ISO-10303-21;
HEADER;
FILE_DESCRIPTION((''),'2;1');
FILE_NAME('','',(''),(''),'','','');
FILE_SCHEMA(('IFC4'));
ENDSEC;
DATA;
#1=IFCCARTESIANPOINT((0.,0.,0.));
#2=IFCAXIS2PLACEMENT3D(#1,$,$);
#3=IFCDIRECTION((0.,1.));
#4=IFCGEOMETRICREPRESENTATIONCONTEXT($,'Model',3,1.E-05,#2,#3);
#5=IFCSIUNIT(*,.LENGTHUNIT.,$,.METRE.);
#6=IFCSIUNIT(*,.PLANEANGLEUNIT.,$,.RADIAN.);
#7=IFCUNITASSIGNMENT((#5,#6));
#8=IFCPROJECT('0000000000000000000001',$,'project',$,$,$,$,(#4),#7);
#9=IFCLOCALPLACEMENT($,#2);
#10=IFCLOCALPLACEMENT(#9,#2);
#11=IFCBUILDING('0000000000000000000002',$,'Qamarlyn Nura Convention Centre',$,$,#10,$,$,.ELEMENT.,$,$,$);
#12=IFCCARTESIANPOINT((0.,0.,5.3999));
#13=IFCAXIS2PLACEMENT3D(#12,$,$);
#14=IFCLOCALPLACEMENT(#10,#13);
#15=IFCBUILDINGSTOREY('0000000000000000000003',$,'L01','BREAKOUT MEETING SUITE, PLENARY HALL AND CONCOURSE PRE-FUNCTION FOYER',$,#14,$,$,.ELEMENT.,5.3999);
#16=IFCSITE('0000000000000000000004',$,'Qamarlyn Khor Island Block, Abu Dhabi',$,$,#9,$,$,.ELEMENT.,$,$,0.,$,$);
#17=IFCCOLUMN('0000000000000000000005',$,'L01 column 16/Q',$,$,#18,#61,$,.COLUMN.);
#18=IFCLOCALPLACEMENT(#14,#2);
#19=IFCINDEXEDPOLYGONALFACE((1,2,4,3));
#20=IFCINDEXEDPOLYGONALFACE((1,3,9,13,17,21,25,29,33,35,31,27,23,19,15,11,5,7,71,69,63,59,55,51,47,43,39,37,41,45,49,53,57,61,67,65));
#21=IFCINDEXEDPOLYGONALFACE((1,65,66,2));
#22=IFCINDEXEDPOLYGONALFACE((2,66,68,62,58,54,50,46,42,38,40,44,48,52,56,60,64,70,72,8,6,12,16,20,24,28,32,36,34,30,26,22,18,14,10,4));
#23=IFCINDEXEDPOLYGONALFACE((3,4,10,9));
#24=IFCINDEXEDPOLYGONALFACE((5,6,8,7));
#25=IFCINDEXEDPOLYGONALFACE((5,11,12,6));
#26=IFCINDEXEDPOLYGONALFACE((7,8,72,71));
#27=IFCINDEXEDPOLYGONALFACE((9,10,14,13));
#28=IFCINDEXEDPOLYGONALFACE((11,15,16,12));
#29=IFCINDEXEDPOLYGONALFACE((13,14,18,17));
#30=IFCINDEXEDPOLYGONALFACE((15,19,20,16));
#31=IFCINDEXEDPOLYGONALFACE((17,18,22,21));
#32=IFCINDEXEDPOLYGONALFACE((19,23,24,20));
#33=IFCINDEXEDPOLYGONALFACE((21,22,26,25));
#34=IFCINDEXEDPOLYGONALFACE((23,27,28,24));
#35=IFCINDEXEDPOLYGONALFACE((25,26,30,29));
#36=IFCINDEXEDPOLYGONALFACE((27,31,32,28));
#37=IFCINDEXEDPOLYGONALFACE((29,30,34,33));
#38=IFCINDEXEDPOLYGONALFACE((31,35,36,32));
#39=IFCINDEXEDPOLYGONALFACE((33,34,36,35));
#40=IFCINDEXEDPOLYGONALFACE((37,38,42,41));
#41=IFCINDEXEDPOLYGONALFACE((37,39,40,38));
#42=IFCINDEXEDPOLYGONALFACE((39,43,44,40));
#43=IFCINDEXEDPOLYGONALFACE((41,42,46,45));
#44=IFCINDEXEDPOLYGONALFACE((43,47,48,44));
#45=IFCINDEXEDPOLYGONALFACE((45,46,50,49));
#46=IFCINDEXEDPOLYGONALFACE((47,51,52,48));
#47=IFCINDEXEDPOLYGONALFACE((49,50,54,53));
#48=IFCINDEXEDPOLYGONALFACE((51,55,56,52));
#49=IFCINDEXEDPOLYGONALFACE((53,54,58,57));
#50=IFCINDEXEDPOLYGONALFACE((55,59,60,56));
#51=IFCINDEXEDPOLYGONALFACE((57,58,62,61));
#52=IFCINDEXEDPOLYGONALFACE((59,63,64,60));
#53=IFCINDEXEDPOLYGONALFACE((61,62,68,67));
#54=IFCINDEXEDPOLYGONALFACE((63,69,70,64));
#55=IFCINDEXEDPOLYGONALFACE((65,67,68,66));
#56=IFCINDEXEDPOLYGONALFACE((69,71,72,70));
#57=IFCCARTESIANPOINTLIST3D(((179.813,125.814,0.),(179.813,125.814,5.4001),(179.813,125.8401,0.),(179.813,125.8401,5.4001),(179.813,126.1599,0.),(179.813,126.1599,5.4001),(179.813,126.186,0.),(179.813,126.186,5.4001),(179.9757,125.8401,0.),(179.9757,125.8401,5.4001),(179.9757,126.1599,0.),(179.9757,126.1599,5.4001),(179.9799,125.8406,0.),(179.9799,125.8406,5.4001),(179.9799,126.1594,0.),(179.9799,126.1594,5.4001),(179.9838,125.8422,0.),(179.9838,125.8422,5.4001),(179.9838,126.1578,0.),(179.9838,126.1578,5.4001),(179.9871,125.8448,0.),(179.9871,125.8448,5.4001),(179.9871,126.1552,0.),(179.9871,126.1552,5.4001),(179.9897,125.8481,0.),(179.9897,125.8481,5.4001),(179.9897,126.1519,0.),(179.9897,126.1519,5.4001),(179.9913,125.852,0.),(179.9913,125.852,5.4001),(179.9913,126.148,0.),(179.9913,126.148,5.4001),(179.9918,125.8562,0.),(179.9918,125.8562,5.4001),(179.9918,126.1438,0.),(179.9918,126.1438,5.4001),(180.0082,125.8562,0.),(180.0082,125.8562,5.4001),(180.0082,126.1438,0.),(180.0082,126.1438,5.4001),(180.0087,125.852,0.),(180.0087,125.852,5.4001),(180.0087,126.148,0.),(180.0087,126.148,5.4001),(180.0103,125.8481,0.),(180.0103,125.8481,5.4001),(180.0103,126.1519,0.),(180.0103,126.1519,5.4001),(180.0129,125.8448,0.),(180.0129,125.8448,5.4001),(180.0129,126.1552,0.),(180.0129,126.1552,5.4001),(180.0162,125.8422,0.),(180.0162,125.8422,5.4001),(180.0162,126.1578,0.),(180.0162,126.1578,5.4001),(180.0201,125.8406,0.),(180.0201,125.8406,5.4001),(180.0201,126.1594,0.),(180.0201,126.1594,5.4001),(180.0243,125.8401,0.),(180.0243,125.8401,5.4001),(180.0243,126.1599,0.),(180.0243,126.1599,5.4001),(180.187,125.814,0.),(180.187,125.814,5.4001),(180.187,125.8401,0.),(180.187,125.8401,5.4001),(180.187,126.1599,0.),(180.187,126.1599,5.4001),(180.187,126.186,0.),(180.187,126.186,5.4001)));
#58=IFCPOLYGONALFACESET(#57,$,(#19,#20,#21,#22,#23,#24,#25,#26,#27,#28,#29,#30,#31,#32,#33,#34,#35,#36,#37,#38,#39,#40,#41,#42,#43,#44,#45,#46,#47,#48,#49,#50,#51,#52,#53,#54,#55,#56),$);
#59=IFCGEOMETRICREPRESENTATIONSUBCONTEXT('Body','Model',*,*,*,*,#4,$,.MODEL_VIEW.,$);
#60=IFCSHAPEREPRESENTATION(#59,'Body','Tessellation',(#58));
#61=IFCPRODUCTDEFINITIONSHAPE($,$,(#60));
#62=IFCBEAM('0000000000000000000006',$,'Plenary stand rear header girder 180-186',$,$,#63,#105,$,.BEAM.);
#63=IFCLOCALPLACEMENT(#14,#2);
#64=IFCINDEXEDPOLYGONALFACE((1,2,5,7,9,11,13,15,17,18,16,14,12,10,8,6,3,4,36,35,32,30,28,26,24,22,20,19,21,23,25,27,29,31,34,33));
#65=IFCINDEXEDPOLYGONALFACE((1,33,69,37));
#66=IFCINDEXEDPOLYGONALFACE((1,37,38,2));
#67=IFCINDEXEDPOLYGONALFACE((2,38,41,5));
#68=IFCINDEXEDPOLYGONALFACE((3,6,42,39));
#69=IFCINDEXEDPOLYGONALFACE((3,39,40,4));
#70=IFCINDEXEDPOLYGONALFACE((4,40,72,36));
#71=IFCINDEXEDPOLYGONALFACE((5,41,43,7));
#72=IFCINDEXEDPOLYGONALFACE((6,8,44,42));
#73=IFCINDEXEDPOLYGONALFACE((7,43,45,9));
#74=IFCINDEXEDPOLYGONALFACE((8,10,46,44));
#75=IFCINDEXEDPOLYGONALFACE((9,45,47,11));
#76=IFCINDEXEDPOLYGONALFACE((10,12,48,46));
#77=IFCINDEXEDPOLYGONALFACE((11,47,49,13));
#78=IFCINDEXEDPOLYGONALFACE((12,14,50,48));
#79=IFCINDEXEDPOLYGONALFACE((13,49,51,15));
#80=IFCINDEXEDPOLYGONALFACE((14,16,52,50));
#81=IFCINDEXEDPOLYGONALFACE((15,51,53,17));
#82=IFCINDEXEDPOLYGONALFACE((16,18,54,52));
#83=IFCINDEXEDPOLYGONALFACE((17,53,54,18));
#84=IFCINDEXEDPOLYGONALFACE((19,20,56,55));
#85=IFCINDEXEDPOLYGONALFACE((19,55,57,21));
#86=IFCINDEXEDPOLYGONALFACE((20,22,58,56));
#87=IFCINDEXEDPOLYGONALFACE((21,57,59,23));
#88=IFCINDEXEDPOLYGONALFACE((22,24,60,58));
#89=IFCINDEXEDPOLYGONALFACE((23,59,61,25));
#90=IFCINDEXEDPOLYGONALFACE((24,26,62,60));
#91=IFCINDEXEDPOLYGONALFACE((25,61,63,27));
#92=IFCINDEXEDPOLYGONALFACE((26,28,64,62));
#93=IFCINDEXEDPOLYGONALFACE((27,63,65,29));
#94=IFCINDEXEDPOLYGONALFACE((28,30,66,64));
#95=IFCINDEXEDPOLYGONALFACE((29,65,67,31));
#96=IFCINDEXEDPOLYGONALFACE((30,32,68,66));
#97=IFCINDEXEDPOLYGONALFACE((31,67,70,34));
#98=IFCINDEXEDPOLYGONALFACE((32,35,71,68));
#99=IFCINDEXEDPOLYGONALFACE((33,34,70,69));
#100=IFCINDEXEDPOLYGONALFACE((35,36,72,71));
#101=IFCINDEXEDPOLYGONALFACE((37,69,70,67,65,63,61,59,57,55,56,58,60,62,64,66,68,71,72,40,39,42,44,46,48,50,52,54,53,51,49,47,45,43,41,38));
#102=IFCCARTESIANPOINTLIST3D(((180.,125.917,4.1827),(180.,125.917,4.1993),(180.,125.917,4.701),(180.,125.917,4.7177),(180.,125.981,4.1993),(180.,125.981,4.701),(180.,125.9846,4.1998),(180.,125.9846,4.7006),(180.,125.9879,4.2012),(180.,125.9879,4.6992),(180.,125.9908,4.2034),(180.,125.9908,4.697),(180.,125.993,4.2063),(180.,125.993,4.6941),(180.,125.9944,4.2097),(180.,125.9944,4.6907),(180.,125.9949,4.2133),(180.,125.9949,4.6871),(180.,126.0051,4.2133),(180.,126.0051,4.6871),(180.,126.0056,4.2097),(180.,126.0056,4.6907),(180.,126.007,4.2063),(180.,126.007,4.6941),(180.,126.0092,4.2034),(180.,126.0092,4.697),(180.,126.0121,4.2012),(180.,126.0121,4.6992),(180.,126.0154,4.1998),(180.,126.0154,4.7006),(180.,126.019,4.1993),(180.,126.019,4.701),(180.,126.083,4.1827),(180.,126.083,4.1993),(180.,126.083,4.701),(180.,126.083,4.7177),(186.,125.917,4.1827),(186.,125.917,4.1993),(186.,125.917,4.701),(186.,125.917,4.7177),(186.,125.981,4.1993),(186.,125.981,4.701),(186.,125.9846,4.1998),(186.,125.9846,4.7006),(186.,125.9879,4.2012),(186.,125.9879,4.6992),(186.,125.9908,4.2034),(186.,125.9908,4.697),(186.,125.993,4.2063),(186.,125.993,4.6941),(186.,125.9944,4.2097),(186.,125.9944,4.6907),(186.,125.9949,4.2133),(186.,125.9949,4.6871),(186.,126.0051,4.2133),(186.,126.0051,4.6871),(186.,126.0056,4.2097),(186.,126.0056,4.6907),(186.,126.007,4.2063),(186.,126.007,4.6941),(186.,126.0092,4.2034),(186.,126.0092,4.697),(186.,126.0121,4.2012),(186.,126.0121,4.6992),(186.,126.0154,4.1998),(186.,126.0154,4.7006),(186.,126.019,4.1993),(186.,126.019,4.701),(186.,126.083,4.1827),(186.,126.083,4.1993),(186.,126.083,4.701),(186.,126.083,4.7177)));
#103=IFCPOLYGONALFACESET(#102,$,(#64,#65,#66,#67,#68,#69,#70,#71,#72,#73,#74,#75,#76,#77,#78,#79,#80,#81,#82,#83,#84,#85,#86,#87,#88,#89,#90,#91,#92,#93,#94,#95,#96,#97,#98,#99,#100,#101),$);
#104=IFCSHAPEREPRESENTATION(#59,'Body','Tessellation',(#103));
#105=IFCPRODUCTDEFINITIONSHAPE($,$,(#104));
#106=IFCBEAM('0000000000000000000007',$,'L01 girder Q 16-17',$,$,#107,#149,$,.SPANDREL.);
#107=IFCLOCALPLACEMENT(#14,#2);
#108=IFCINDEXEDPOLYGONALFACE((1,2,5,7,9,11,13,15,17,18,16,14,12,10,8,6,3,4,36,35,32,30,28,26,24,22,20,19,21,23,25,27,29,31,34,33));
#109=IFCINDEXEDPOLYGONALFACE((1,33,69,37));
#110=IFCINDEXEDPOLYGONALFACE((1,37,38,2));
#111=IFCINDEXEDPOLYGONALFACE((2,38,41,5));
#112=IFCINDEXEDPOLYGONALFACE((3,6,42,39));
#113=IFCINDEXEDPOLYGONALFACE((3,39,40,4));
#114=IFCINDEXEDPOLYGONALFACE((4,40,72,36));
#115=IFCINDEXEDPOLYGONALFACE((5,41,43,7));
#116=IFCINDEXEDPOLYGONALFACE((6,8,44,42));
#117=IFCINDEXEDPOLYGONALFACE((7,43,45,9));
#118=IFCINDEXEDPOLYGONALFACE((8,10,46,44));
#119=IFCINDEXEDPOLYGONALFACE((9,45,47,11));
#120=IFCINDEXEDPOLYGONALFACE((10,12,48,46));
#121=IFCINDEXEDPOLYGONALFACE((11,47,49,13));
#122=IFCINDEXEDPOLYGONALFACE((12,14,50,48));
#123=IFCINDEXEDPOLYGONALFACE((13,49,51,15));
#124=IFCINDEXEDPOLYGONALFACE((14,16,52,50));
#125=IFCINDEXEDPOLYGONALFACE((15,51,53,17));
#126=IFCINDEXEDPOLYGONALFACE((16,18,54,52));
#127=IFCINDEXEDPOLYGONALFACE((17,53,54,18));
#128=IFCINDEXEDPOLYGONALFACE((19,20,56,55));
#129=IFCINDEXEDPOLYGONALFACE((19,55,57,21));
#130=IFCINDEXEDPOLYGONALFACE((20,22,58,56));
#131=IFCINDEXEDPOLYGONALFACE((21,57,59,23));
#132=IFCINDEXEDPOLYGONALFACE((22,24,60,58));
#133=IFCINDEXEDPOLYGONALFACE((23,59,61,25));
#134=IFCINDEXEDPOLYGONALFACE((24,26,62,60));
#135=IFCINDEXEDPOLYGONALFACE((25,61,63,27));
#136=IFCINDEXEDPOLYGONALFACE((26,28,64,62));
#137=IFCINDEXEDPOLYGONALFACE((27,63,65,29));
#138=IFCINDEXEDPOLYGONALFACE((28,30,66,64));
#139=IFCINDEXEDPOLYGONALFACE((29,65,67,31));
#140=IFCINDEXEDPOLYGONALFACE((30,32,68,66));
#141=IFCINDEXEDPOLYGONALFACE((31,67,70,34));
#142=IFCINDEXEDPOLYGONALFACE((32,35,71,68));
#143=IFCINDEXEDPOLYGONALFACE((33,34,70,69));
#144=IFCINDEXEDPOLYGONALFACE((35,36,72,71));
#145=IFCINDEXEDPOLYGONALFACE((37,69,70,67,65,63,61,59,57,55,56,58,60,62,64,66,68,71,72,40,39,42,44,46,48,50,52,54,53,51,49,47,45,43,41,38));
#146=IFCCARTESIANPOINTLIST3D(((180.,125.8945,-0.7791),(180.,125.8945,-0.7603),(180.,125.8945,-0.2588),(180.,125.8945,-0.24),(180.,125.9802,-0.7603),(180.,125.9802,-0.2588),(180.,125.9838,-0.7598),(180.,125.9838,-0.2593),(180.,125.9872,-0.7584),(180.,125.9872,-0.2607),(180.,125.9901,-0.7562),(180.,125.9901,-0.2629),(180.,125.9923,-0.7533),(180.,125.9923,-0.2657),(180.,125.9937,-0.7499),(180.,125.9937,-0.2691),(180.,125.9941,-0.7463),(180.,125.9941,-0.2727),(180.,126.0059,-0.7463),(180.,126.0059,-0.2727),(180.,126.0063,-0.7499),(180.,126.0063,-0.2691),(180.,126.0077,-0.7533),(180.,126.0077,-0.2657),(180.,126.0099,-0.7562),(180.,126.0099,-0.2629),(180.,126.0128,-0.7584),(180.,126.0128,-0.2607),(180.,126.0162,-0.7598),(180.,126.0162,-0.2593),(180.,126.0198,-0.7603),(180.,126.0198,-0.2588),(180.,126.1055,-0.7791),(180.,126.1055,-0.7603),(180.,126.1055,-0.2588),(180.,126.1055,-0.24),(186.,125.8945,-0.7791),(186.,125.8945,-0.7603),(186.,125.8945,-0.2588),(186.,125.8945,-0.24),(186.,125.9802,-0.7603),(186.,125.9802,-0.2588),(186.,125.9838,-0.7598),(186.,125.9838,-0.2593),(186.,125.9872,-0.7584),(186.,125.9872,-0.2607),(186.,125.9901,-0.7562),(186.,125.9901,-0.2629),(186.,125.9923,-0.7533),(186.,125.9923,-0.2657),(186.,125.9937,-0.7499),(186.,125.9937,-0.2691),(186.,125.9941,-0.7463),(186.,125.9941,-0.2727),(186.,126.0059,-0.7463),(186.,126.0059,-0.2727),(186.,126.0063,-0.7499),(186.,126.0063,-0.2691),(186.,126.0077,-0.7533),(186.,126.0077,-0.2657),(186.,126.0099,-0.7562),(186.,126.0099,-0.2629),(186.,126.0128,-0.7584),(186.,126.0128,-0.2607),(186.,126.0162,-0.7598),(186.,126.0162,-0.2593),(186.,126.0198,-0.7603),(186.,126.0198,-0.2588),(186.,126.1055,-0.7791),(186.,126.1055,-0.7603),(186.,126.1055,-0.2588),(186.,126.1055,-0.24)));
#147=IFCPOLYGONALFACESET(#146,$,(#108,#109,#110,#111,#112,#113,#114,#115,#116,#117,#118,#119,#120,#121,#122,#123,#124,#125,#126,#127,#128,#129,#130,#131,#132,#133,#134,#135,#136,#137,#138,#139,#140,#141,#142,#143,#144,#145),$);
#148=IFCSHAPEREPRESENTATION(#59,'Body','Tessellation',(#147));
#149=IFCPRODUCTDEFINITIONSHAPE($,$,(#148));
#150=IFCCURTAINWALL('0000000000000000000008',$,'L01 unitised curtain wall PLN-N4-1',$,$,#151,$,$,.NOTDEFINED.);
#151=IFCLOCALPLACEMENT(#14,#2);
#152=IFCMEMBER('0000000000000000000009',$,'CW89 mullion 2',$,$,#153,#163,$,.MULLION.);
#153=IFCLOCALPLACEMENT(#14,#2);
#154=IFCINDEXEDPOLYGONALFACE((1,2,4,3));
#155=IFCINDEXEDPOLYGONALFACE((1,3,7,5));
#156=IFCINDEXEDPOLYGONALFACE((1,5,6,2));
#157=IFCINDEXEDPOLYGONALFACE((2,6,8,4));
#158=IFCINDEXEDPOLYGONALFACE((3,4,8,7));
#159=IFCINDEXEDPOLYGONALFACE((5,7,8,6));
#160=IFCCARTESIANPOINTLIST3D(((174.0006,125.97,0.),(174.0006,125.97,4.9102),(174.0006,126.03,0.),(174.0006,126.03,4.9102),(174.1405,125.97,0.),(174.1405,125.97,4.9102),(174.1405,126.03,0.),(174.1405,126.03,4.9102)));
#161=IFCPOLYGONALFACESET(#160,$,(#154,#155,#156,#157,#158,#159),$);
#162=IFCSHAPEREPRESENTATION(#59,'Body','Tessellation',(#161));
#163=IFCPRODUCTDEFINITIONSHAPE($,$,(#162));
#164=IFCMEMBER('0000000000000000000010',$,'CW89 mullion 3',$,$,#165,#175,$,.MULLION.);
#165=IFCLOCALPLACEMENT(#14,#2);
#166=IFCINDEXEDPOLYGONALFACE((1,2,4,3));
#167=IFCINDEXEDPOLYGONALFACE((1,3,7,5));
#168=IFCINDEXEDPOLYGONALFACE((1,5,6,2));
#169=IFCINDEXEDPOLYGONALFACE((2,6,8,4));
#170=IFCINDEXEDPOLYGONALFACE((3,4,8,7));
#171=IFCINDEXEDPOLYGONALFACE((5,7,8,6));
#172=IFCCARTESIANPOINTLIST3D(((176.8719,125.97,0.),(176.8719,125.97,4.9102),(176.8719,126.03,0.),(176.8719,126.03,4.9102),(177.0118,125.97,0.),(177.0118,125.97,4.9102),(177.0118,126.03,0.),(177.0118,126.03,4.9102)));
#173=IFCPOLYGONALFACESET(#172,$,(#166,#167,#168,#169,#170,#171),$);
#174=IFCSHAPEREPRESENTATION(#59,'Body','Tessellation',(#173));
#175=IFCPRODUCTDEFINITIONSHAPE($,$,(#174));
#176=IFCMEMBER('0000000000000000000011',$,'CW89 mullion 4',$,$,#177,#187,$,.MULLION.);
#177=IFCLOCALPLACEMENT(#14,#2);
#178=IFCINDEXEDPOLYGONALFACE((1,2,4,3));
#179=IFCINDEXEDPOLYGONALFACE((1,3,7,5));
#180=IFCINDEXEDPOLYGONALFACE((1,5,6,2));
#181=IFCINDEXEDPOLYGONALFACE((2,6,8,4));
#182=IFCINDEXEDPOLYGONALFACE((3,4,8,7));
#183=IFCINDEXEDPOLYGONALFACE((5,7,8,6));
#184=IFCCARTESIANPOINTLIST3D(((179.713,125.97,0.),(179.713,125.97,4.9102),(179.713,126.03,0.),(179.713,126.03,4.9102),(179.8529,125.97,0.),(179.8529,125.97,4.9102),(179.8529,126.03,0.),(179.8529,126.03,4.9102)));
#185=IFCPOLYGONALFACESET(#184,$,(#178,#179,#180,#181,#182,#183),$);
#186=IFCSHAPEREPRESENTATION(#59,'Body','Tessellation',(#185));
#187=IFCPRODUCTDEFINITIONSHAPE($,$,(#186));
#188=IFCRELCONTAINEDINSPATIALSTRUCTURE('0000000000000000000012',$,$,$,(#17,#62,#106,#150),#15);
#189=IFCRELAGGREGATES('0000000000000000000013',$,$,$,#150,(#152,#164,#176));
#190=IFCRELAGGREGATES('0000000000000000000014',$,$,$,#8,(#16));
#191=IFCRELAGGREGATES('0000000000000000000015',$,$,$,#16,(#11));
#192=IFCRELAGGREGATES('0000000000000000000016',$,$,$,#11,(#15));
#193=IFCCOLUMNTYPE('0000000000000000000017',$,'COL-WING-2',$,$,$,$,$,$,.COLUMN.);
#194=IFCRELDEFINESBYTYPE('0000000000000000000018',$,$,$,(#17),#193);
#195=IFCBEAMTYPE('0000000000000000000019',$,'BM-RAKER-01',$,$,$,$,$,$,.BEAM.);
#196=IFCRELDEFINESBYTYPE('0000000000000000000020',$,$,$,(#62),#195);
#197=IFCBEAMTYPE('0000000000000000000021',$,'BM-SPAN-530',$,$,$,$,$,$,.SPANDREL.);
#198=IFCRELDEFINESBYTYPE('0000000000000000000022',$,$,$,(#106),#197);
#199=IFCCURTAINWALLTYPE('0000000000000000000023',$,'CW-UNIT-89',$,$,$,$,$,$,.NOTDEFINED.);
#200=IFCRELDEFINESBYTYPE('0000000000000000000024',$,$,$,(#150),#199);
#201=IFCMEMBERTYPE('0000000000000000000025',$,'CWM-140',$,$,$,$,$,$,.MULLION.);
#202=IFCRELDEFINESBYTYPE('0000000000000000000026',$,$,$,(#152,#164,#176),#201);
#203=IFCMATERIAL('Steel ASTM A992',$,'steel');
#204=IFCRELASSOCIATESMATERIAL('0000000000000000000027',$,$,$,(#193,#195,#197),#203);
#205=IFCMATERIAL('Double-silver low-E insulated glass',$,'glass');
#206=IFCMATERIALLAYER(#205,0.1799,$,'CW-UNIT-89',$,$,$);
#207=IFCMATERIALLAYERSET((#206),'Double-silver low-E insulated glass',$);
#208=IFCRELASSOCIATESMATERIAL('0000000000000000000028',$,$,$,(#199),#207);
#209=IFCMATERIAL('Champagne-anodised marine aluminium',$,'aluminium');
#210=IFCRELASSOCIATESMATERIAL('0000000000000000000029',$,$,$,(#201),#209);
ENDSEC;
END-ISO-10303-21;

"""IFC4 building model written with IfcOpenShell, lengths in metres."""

from ifc_helpers import new_model, si_unit, direction, frame, origin, origin_2d, place, context, subcontext, project, spatial, rectangle, i_section, extrude, material, layer, layer_set, material_profile, profile_set, type_object, element, aggregate, save


model = new_model("IFC4")

# Units and contexts
model_context = context("Model", 3, precision=1e-05, world=origin(), true_north=direction((0.0, 1.0)))
body_context = subcontext(model_context, "Body", "Model", "MODEL_VIEW")
ifc_project = project(units=[si_unit("LENGTHUNIT", "METRE"), si_unit("PLANEANGLEUNIT", "RADIAN")], contexts=[model_context])

# Site, building, storey
site_placement = place(None, origin())
site = spatial("IfcSite", under=ifc_project, at=site_placement, Name="Qamarlyn Khor Island Block, Abu Dhabi", CompositionType="ELEMENT", RefElevation=0.0)
building_placement = place(site_placement, origin())
building = spatial("IfcBuilding", under=site, at=building_placement, Name="Qamarlyn Nura Convention Centre", CompositionType="ELEMENT")
storey_placement = place(building_placement, frame((0.0, 0.0, 5.3999)))
storey = spatial("IfcBuildingStorey", under=building, at=storey_placement, Name="L01", Description="BREAKOUT MEETING SUITE, PLENARY HALL AND CONCOURSE PRE-FUNCTION FOYER", CompositionType="ELEMENT", Elevation=5.3999)

# Column
ifc_material_1 = material(Name="Steel ASTM A992", Category="steel")
ifc_material_profile_1 = material_profile(ifc_material_1, i_section(OverallWidth=0.374, OverallDepth=0.3721, WebThickness=0.0164, FlangeThickness=0.0261, FilletRadius=0.0161, at=origin_2d()), Name="W360X196")
ifc_profile_set_1 = profile_set([ifc_material_profile_1], Name="Steel ASTM A992")
column_type = type_object("IfcColumnType", Name="COL-WING-2", PredefinedType="COLUMN", material=ifc_profile_set_1)
column_placement = place(storey_placement, frame((180.0, 126.0, 0.0), z_axis=(0.0, 0.0, 1.0), x_axis=(1.0, 0.0, 0.0)))
element("IfcColumn", 1, at=column_placement, inside=storey, type_object=column_type, Name="L01 column 16/Q", PredefinedType="COLUMN", context=body_context, shape_type="SweptSolid", body=[
    extrude(i_section(OverallWidth=0.374, OverallDepth=0.3721, WebThickness=0.0164, FlangeThickness=0.0261, FilletRadius=0.0161, at=origin_2d()), origin(), (0.0, 0.0, 1.0), 5.4001),
])

# Beams
ifc_material_profile_2 = material_profile(ifc_material_1, i_section(OverallWidth=0.166, OverallDepth=0.5349, WebThickness=0.0103, FlangeThickness=0.0166, FilletRadius=0.0139, at=origin_2d()), Name="W530X85")
ifc_profile_set_2 = profile_set([ifc_material_profile_2], Name="Steel ASTM A992")
beam_type_1 = type_object("IfcBeamType", Name="BM-RAKER-01", PredefinedType="BEAM", material=ifc_profile_set_2)
beam_1_placement = place(storey_placement, frame((180.0, 126.0, 4.4502), z_axis=(1.0, 0.0, 0.0), x_axis=(0.0, 1.0, 0.0)))
element("IfcBeam", 2, at=beam_1_placement, inside=storey, type_object=beam_type_1, Name="Plenary stand rear header girder 180-186", PredefinedType="BEAM", context=body_context, shape_type="SweptSolid", body=[
    extrude(i_section(OverallWidth=0.166, OverallDepth=0.5349, WebThickness=0.0103, FlangeThickness=0.0166, FilletRadius=0.0139, at=origin_2d()), origin(), (0.0, 0.0, 1.0), 6.0),
])
ifc_material_profile_3 = material_profile(ifc_material_1, i_section(OverallWidth=0.2109, OverallDepth=0.5391, WebThickness=0.0117, FlangeThickness=0.0188, FilletRadius=0.0139, at=origin_2d()), Name="W530X109")
ifc_profile_set_3 = profile_set([ifc_material_profile_3], Name="Steel ASTM A992")
beam_type_2 = type_object("IfcBeamType", Name="BM-SPAN-530", PredefinedType="SPANDREL", material=ifc_profile_set_3)
beam_2_placement = place(storey_placement, frame((180.0, 126.0, -0.5095), z_axis=(1.0, 0.0, 0.0), x_axis=(0.0, 1.0, 0.0)))
element("IfcBeam", 3, at=beam_2_placement, inside=storey, type_object=beam_type_2, Name="L01 girder Q 16-17", PredefinedType="SPANDREL", context=body_context, shape_type="SweptSolid", body=[
    extrude(i_section(OverallWidth=0.2109, OverallDepth=0.5391, WebThickness=0.0117, FlangeThickness=0.0188, FilletRadius=0.0139, at=origin_2d()), origin(), (0.0, 0.0, 1.0), 6.0),
])

# Curtain wall, members
ifc_material_2 = material(Name="Double-silver low-E insulated glass", Category="glass")
ifc_layer_1 = layer(ifc_material_2, 0.1799, Name="CW-UNIT-89")
ifc_layer_set_1 = layer_set([ifc_layer_1], Name="Double-silver low-E insulated glass")
curtain_wall_type = type_object("IfcCurtainWallType", Name="CW-UNIT-89", PredefinedType="NOTDEFINED", material=ifc_layer_set_1)
curtain_wall_placement = place(storey_placement, origin())
curtain_wall = element("IfcCurtainWall", 4, at=curtain_wall_placement, inside=storey, type_object=curtain_wall_type, Name="L01 unitised curtain wall PLN-N4-1", PredefinedType="NOTDEFINED")
ifc_material_3 = material(Name="Champagne-anodised marine aluminium", Category="aluminium")
ifc_material_profile_4 = material_profile(ifc_material_3, rectangle(XDim=0.0601, YDim=0.1399, at=origin_2d()), Name="ALU MULLION 60x140")
ifc_profile_set_4 = profile_set([ifc_material_profile_4], Name="Champagne-anodised marine aluminium")
member_type_1 = type_object("IfcMemberType", Name="CWM-140", PredefinedType="MULLION", material=ifc_profile_set_4)
member_1_placement = place(storey_placement, frame((174.0706, 126.0, 0.0), z_axis=(0.0, 0.0, 1.0), x_axis=(0.0, 1.0, 0.0)))
member_1 = element("IfcMember", 5, at=member_1_placement, type_object=member_type_1, Name="CW89 mullion 2", PredefinedType="MULLION", context=body_context, shape_type="SweptSolid", body=[
    extrude(rectangle(XDim=0.0601, YDim=0.1399, at=origin_2d()), origin(), (0.0, 0.0, 1.0), 4.9102),
])
member_2_placement = place(storey_placement, frame((176.9419, 126.0, 0.0), z_axis=(0.0, 0.0, 1.0), x_axis=(0.0, 1.0, 0.0)))
member_2 = element("IfcMember", 6, at=member_2_placement, type_object=member_type_1, Name="CW89 mullion 3", PredefinedType="MULLION", context=body_context, shape_type="SweptSolid", body=[
    extrude(rectangle(XDim=0.0601, YDim=0.1399, at=origin_2d()), origin(), (0.0, 0.0, 1.0), 4.9102),
])
member_3_placement = place(storey_placement, frame((179.783, 126.0, 0.0), z_axis=(0.0, 0.0, 1.0), x_axis=(0.0, 1.0, 0.0)))
member_3 = element("IfcMember", 7, at=member_3_placement, type_object=member_type_1, Name="CW89 mullion 4", PredefinedType="MULLION", context=body_context, shape_type="SweptSolid", body=[
    extrude(rectangle(XDim=0.0601, YDim=0.1399, at=origin_2d()), origin(), (0.0, 0.0, 1.0), 4.9102),
])
aggregate(curtain_wall, [member_1, member_2, member_3])

save(model, "model.ifc")
